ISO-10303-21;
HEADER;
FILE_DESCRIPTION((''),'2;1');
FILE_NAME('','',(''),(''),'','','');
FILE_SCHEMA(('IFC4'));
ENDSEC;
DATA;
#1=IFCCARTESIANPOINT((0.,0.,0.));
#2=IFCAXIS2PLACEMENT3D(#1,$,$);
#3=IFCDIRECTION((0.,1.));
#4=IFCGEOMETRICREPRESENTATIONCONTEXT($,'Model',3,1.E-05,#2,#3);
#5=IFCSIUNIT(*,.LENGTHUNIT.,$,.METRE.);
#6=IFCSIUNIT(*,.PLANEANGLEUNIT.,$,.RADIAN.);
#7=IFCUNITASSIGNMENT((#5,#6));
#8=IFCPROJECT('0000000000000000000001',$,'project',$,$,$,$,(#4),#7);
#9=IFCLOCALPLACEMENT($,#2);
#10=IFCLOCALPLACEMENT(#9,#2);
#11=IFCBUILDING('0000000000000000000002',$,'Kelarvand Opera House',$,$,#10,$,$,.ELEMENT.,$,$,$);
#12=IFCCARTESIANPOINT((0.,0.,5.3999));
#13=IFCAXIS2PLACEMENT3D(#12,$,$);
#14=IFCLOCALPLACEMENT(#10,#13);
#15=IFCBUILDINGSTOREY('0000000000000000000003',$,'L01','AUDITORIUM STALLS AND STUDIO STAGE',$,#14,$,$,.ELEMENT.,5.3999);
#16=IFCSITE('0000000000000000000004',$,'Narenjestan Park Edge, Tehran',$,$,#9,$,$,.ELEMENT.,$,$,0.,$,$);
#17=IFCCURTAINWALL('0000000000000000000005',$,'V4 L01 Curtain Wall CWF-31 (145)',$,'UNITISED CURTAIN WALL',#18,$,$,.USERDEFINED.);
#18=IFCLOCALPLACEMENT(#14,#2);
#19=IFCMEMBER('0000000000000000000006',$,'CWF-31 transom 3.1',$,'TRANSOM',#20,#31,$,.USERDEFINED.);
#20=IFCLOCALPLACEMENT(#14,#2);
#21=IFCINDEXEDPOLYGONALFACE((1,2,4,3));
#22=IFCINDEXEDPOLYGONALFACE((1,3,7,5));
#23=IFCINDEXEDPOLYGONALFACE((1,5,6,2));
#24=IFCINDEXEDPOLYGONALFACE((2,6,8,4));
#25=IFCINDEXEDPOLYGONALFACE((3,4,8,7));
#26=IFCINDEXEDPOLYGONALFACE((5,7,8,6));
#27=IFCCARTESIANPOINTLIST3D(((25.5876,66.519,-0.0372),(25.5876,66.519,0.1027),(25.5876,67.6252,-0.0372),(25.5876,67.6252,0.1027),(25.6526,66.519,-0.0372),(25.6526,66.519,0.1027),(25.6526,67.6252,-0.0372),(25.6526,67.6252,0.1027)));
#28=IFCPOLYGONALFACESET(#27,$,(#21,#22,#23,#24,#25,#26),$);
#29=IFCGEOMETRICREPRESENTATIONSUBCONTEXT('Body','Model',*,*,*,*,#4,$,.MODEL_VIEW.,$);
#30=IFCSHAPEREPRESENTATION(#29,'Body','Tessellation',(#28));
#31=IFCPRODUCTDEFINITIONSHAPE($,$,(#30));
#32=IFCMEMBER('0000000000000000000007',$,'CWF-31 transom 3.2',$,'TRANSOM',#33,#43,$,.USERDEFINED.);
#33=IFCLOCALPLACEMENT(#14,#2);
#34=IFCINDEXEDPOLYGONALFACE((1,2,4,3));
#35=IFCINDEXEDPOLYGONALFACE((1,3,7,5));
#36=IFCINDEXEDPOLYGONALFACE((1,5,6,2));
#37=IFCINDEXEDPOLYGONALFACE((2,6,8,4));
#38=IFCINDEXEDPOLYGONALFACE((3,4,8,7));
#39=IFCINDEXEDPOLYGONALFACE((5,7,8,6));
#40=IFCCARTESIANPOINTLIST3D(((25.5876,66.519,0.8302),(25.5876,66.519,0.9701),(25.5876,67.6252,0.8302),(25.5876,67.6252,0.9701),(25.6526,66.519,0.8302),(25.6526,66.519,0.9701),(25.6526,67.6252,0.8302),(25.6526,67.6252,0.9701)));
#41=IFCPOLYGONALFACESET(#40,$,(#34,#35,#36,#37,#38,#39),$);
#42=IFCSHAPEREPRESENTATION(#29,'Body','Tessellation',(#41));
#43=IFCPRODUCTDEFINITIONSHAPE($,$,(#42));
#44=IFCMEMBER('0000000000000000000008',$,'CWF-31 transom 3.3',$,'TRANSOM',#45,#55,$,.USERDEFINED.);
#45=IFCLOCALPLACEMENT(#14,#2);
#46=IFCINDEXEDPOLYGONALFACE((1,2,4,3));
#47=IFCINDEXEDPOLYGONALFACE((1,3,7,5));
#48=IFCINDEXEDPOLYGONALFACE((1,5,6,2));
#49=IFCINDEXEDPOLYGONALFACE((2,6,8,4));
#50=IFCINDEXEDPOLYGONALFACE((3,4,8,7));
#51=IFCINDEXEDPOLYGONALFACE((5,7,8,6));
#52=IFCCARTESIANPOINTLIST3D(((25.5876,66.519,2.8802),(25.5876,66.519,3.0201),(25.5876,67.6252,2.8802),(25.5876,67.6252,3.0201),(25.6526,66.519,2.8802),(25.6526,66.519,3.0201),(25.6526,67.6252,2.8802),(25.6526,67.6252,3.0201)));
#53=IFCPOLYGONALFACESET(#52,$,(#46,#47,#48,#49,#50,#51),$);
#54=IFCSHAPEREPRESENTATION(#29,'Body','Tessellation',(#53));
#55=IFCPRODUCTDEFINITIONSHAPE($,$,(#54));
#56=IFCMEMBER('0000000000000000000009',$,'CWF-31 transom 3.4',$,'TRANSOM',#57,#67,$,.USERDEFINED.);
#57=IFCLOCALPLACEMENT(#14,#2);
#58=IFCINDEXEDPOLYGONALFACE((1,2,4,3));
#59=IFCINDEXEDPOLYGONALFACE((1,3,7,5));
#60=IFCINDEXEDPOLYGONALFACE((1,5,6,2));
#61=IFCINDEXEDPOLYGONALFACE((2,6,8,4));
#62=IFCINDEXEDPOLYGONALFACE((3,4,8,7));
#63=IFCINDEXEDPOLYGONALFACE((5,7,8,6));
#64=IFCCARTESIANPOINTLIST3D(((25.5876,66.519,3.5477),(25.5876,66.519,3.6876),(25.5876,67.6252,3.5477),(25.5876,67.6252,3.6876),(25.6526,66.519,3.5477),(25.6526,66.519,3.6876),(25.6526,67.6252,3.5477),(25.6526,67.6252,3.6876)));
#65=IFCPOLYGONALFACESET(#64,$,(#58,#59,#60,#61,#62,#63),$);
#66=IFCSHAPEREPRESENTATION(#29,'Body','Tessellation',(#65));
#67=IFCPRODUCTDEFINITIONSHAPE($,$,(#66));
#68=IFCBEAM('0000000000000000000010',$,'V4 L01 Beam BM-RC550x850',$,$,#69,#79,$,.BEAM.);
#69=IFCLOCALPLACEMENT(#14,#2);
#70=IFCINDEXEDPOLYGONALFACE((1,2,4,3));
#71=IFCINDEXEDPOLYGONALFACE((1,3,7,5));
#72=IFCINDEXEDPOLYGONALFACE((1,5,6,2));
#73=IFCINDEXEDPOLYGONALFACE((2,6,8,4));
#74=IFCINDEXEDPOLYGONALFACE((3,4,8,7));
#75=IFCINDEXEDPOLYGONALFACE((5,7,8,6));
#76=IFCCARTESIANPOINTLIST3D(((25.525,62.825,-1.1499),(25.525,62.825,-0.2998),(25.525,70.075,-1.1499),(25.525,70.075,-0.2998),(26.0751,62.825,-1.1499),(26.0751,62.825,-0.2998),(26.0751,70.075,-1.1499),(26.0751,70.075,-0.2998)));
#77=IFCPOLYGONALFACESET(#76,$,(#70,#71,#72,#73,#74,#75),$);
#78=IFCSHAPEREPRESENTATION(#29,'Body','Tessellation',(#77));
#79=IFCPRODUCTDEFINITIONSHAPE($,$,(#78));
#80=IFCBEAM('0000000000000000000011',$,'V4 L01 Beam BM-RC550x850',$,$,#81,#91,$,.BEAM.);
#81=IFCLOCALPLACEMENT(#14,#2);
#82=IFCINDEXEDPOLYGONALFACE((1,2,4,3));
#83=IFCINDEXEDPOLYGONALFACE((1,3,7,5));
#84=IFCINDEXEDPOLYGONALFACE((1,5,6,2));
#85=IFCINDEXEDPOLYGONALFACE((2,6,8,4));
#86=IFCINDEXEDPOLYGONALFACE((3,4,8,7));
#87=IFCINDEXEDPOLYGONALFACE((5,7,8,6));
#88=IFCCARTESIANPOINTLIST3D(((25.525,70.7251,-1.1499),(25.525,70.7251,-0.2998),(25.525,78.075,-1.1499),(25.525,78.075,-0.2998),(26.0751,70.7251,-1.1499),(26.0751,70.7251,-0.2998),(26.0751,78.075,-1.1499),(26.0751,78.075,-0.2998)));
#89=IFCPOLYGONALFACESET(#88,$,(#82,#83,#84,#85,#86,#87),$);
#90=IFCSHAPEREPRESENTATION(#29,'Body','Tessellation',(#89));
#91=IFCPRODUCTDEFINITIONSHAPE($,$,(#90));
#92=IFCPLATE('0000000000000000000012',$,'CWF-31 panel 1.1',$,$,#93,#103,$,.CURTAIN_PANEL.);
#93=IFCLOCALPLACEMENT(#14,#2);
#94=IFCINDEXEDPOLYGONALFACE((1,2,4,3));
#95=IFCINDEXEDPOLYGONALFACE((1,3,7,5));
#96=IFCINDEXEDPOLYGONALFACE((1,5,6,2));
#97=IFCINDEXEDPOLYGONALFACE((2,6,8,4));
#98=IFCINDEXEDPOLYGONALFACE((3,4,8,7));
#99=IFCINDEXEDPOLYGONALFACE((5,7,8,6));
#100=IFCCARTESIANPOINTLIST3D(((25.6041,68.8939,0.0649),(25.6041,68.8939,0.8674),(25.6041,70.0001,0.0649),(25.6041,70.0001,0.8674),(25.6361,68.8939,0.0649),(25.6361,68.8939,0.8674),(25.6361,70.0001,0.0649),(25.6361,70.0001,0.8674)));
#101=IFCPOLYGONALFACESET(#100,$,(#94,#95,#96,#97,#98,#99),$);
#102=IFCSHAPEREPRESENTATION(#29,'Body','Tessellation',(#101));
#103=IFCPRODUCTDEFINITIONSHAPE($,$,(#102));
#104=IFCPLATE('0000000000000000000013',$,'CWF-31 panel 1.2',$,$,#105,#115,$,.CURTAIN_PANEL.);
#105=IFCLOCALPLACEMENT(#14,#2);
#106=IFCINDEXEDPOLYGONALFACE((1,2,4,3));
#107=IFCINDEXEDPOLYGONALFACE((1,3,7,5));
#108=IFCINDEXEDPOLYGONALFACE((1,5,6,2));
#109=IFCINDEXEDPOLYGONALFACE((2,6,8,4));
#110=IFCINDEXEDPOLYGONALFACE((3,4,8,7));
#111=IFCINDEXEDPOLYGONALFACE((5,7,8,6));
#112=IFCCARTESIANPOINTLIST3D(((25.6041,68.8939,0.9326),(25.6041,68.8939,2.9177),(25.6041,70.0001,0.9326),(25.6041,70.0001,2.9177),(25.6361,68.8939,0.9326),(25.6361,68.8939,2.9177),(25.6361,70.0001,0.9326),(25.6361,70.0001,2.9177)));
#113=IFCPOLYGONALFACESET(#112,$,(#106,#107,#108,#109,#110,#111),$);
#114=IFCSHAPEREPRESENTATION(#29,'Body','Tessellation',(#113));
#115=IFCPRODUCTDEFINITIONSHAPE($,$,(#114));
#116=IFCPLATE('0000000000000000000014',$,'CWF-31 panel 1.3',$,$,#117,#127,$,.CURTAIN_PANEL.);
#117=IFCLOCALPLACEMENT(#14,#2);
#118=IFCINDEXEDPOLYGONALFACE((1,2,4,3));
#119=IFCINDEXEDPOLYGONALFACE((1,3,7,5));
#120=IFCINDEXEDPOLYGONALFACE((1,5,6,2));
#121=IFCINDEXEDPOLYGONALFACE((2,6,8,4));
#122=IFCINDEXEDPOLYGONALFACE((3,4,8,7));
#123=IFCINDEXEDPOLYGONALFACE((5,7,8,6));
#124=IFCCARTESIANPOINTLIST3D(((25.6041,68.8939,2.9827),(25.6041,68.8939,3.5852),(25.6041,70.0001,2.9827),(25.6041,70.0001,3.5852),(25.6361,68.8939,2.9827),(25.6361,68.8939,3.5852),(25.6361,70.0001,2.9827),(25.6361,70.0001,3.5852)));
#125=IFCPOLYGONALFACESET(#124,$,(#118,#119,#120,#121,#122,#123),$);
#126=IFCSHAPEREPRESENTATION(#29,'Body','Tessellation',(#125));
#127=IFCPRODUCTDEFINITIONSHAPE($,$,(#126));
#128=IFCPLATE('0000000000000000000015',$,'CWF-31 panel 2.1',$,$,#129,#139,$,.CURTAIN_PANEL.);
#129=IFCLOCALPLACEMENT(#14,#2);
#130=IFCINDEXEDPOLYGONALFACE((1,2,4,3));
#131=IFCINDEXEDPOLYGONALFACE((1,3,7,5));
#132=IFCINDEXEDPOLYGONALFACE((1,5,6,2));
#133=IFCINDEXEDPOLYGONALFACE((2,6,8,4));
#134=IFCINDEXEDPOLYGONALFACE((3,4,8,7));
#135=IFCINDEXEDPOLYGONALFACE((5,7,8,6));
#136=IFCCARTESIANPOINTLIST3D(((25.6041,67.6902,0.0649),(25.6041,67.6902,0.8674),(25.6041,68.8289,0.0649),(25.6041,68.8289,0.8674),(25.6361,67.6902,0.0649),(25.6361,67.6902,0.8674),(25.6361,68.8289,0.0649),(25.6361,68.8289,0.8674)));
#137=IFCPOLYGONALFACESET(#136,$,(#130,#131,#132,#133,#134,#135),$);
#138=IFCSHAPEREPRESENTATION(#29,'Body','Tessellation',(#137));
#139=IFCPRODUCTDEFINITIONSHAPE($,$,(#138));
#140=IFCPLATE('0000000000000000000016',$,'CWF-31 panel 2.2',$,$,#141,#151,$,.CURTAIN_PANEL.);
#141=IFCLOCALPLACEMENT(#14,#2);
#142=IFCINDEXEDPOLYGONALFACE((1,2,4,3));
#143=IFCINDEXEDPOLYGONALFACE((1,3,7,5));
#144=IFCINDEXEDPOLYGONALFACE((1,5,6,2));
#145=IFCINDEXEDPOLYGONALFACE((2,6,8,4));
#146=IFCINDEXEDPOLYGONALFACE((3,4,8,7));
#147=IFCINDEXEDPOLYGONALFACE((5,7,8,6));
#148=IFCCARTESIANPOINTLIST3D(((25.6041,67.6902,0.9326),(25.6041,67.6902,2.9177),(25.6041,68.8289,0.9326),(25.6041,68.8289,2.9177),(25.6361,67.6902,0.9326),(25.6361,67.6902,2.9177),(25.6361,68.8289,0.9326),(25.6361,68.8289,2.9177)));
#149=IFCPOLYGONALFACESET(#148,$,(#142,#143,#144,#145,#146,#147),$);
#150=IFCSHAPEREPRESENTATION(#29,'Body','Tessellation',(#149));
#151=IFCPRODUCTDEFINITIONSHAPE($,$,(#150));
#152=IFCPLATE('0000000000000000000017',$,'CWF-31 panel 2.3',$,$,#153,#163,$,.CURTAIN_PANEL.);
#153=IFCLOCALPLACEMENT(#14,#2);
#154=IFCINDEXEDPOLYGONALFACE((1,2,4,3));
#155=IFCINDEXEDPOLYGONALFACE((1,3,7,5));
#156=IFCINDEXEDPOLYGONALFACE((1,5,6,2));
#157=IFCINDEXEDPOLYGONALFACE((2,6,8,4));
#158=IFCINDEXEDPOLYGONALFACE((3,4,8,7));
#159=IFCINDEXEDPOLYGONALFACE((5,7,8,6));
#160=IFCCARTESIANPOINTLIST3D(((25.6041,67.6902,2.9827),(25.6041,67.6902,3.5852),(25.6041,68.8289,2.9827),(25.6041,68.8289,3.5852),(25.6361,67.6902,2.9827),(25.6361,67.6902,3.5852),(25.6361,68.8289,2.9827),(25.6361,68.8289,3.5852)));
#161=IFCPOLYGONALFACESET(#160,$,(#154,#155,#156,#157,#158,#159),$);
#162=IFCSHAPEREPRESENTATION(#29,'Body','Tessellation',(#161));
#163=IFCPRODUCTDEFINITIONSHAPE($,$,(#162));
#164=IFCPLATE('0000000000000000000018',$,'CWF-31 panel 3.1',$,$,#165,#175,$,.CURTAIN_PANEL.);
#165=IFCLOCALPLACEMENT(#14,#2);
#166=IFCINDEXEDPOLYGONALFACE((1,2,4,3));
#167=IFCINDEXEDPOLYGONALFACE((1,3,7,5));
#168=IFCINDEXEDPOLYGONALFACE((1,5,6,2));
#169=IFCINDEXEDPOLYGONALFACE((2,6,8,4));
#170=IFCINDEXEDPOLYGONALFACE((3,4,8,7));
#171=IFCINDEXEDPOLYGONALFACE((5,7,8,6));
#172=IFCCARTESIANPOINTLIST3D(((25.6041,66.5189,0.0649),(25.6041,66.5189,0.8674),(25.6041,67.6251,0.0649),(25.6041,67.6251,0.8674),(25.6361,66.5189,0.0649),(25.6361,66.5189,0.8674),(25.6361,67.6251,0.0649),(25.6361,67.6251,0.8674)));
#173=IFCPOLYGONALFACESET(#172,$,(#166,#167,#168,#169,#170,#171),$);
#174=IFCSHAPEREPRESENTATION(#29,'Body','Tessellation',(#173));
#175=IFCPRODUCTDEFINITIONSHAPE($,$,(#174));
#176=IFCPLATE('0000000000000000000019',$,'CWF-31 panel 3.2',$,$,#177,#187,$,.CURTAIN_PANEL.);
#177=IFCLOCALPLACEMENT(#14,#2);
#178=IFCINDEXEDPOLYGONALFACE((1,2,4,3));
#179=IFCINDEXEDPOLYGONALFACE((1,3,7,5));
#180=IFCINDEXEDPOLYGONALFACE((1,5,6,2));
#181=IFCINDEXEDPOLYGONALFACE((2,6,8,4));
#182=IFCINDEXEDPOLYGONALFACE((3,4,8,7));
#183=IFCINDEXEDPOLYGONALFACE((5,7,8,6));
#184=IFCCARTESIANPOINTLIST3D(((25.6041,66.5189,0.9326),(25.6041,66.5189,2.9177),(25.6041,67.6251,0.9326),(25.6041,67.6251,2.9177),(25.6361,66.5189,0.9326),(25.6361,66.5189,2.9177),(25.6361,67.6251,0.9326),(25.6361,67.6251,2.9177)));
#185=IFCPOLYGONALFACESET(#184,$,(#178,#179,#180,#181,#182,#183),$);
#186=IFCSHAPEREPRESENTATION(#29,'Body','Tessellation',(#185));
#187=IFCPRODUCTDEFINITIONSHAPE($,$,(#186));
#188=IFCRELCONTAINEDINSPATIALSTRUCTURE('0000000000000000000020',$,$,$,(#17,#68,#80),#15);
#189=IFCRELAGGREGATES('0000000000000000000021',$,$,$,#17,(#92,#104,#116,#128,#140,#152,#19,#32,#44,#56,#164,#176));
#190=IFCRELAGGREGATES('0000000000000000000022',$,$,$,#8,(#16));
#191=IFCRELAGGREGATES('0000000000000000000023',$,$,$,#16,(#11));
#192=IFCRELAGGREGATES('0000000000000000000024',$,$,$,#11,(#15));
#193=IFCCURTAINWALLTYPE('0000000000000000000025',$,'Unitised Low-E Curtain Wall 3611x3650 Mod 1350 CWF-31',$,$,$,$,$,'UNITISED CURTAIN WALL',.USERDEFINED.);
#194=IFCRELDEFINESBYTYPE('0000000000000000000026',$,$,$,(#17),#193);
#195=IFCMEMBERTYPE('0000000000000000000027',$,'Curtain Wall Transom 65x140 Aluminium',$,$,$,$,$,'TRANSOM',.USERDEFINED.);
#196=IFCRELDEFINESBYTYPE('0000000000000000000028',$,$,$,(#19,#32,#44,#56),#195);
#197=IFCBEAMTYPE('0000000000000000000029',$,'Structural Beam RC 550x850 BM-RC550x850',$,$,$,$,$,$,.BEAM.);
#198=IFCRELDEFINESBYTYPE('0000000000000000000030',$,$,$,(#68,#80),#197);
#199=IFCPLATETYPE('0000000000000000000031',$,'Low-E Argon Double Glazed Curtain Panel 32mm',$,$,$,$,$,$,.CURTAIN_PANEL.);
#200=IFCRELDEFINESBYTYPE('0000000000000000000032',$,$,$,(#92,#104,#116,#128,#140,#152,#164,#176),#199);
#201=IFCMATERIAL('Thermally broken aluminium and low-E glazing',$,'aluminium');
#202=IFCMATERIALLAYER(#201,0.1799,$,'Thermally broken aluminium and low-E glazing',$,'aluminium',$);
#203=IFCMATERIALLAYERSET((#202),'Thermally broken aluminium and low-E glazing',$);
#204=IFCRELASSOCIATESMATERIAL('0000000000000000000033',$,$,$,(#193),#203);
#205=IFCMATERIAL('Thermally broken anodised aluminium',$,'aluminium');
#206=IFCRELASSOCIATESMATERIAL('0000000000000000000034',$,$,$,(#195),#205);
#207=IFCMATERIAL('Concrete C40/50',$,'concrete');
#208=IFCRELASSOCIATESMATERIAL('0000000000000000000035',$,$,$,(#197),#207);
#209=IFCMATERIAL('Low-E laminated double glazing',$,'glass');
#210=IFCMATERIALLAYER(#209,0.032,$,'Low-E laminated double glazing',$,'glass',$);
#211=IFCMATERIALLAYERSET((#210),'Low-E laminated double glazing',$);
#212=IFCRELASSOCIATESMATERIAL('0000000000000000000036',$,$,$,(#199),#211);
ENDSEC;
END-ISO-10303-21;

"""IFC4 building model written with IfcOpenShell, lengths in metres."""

from ifc_helpers import new_model, si_unit, direction, frame, origin, origin_2d, place, context, subcontext, project, spatial, rectangle, extrude, material, layer, layer_set, material_profile, profile_set, type_object, element, aggregate, save


model = new_model("IFC4")

# Units and contexts
model_context = context("Model", 3, precision=1e-05, world=origin(), true_north=direction((0.0, 1.0)))
body_context = subcontext(model_context, "Body", "Model", "MODEL_VIEW")
ifc_project = project(units=[si_unit("LENGTHUNIT", "METRE"), si_unit("PLANEANGLEUNIT", "RADIAN")], contexts=[model_context])

# Site, building, storey
site_placement = place(None, origin())
site = spatial("IfcSite", under=ifc_project, at=site_placement, Name="Narenjestan Park Edge, Tehran", CompositionType="ELEMENT", RefElevation=0.0)
building_placement = place(site_placement, origin())
building = spatial("IfcBuilding", under=site, at=building_placement, Name="Kelarvand Opera House", CompositionType="ELEMENT")
storey_placement = place(building_placement, frame((0.0, 0.0, 5.3999)))
storey = spatial("IfcBuildingStorey", under=building, at=storey_placement, Name="L01", Description="AUDITORIUM STALLS AND STUDIO STAGE", CompositionType="ELEMENT", Elevation=5.3999)

# Shared definitions
ifc_material_1 = material(Name="Concrete C40/50", Category="concrete")

# Curtain wall
ifc_material_2 = material(Name="Thermally broken aluminium and low-E glazing", Category="aluminium")
ifc_layer_1 = layer(ifc_material_2, 0.1799, Name="Thermally broken aluminium and low-E glazing", Category="aluminium")
ifc_layer_set_1 = layer_set([ifc_layer_1], Name="Thermally broken aluminium and low-E glazing")
curtain_wall_type = type_object("IfcCurtainWallType", Name="Unitised Low-E Curtain Wall 3611x3650 Mod 1350 CWF-31", ElementType="UNITISED CURTAIN WALL", PredefinedType="USERDEFINED", material=ifc_layer_set_1)
curtain_wall_1_placement = place(storey_placement, origin())
curtain_wall_1 = element("IfcCurtainWall", 1, at=curtain_wall_1_placement, inside=storey, type_object=curtain_wall_type, Name="V4 L01 Curtain Wall CWF-31 (145)", ObjectType="UNITISED CURTAIN WALL", PredefinedType="USERDEFINED")
ifc_material_3 = material(Name="Thermally broken anodised aluminium", Category="aluminium")

# Members
ifc_material_profile_1 = material_profile(ifc_material_3, rectangle(XDim=0.0649, YDim=0.1399, at=origin_2d()), Name="ALU TRANSOM 65x140", Category="aluminium")
ifc_profile_set_1 = profile_set([ifc_material_profile_1], Name="Thermally broken anodised aluminium")
member_type_1 = type_object("IfcMemberType", Name="Curtain Wall Transom 65x140 Aluminium", ElementType="TRANSOM", PredefinedType="USERDEFINED", material=ifc_profile_set_1)
member_1_placement = place(storey_placement, frame((25.6201, 67.6252, 0.0327), z_axis=(0.0, -1.0, 0.0), x_axis=(1.0, 0.0, 0.0)))
member_1 = element("IfcMember", 2, at=member_1_placement, type_object=member_type_1, Name="CWF-31 transom 3.1", ObjectType="TRANSOM", PredefinedType="USERDEFINED", context=body_context, shape_type="SweptSolid", body=[
    extrude(rectangle(XDim=0.0649, YDim=0.1399, at=origin_2d()), origin(), (0.0, 0.0, 1.0), 1.1062),
])
member_2_placement = place(storey_placement, frame((25.6201, 67.6252, 0.9001), z_axis=(0.0, -1.0, 0.0), x_axis=(1.0, 0.0, 0.0)))
member_2 = element("IfcMember", 3, at=member_2_placement, type_object=member_type_1, Name="CWF-31 transom 3.2", ObjectType="TRANSOM", PredefinedType="USERDEFINED", context=body_context, shape_type="SweptSolid", body=[
    extrude(rectangle(XDim=0.0649, YDim=0.1399, at=origin_2d()), origin(), (0.0, 0.0, 1.0), 1.1062),
])
member_3_placement = place(storey_placement, frame((25.6201, 67.6252, 2.9502), z_axis=(0.0, -1.0, 0.0), x_axis=(1.0, 0.0, 0.0)))
member_3 = element("IfcMember", 4, at=member_3_placement, type_object=member_type_1, Name="CWF-31 transom 3.3", ObjectType="TRANSOM", PredefinedType="USERDEFINED", context=body_context, shape_type="SweptSolid", body=[
    extrude(rectangle(XDim=0.0649, YDim=0.1399, at=origin_2d()), origin(), (0.0, 0.0, 1.0), 1.1062),
])
member_4_placement = place(storey_placement, frame((25.6201, 67.6252, 3.6177), z_axis=(0.0, -1.0, 0.0), x_axis=(1.0, 0.0, 0.0)))
member_4 = element("IfcMember", 5, at=member_4_placement, type_object=member_type_1, Name="CWF-31 transom 3.4", ObjectType="TRANSOM", PredefinedType="USERDEFINED", context=body_context, shape_type="SweptSolid", body=[
    extrude(rectangle(XDim=0.0649, YDim=0.1399, at=origin_2d()), origin(), (0.0, 0.0, 1.0), 1.1062),
])

# Beams
ifc_material_profile_2 = material_profile(ifc_material_1, rectangle(XDim=0.55, YDim=0.8501, at=origin_2d()), Name="RC 550x850", Category="concrete")
ifc_profile_set_2 = profile_set([ifc_material_profile_2], Name="Concrete C40/50")
beam_type = type_object("IfcBeamType", Name="Structural Beam RC 550x850 BM-RC550x850", PredefinedType="BEAM", material=ifc_profile_set_2)
beam_1_placement = place(storey_placement, frame((25.8, 62.825, -0.7249), z_axis=(0.0, 1.0, 0.0), x_axis=(-1.0, 0.0, 0.0)))
element("IfcBeam", 6, at=beam_1_placement, inside=storey, type_object=beam_type, Name="V4 L01 Beam BM-RC550x850", PredefinedType="BEAM", context=body_context, shape_type="SweptSolid", body=[
    extrude(rectangle(XDim=0.55, YDim=0.8501, at=origin_2d()), origin(), (0.0, 0.0, 1.0), 7.25),
])
beam_2_placement = place(storey_placement, frame((25.8, 70.7251, -0.7249), z_axis=(0.0, 1.0, 0.0), x_axis=(-1.0, 0.0, 0.0)))
element("IfcBeam", 7, at=beam_2_placement, inside=storey, type_object=beam_type, Name="V4 L01 Beam BM-RC550x850", PredefinedType="BEAM", context=body_context, shape_type="SweptSolid", body=[
    extrude(rectangle(XDim=0.55, YDim=0.8501, at=origin_2d()), origin(), (0.0, 0.0, 1.0), 7.3499),
])

# Plates
ifc_material_4 = material(Name="Low-E laminated double glazing", Category="glass")
ifc_layer_2 = layer(ifc_material_4, 0.032, Name="Low-E laminated double glazing", Category="glass")
ifc_layer_set_2 = layer_set([ifc_layer_2], Name="Low-E laminated double glazing")
plate_type = type_object("IfcPlateType", Name="Low-E Argon Double Glazed Curtain Panel 32mm", PredefinedType="CURTAIN_PANEL", material=ifc_layer_set_2)
plate_1_placement = place(storey_placement, frame((25.6201, 69.447, 0.0649), z_axis=(0.0, 0.0, 1.0), x_axis=(0.0, -1.0, 0.0)))
plate_1 = element("IfcPlate", 8, at=plate_1_placement, type_object=plate_type, Name="CWF-31 panel 1.1", PredefinedType="CURTAIN_PANEL", context=body_context, shape_type="SweptSolid", body=[
    extrude(rectangle(XDim=1.1062, YDim=0.032, at=origin_2d()), origin(), (0.0, 0.0, 1.0), 0.8025),
])
plate_2_placement = place(storey_placement, frame((25.6201, 69.447, 0.9326), z_axis=(0.0, 0.0, 1.0), x_axis=(0.0, -1.0, 0.0)))
plate_2 = element("IfcPlate", 9, at=plate_2_placement, type_object=plate_type, Name="CWF-31 panel 1.2", PredefinedType="CURTAIN_PANEL", context=body_context, shape_type="SweptSolid", body=[
    extrude(rectangle(XDim=1.1062, YDim=0.032, at=origin_2d()), origin(), (0.0, 0.0, 1.0), 1.9851),
])
plate_3_placement = place(storey_placement, frame((25.6201, 69.447, 2.9827), z_axis=(0.0, 0.0, 1.0), x_axis=(0.0, -1.0, 0.0)))
plate_3 = element("IfcPlate", 10, at=plate_3_placement, type_object=plate_type, Name="CWF-31 panel 1.3", PredefinedType="CURTAIN_PANEL", context=body_context, shape_type="SweptSolid", body=[
    extrude(rectangle(XDim=1.1062, YDim=0.032, at=origin_2d()), origin(), (0.0, 0.0, 1.0), 0.6025),
])
plate_4_placement = place(storey_placement, frame((25.6201, 68.2595, 0.0649), z_axis=(0.0, 0.0, 1.0), x_axis=(0.0, -1.0, 0.0)))
plate_4 = element("IfcPlate", 11, at=plate_4_placement, type_object=plate_type, Name="CWF-31 panel 2.1", PredefinedType="CURTAIN_PANEL", context=body_context, shape_type="SweptSolid", body=[
    extrude(rectangle(XDim=1.1387, YDim=0.032, at=origin_2d()), origin(), (0.0, 0.0, 1.0), 0.8025),
])
plate_5_placement = place(storey_placement, frame((25.6201, 68.2595, 0.9326), z_axis=(0.0, 0.0, 1.0), x_axis=(0.0, -1.0, 0.0)))
plate_5 = element("IfcPlate", 12, at=plate_5_placement, type_object=plate_type, Name="CWF-31 panel 2.2", PredefinedType="CURTAIN_PANEL", context=body_context, shape_type="SweptSolid", body=[
    extrude(rectangle(XDim=1.1387, YDim=0.032, at=origin_2d()), origin(), (0.0, 0.0, 1.0), 1.9851),
])
plate_6_placement = place(storey_placement, frame((25.6201, 68.2595, 2.9827), z_axis=(0.0, 0.0, 1.0), x_axis=(0.0, -1.0, 0.0)))
plate_6 = element("IfcPlate", 13, at=plate_6_placement, type_object=plate_type, Name="CWF-31 panel 2.3", PredefinedType="CURTAIN_PANEL", context=body_context, shape_type="SweptSolid", body=[
    extrude(rectangle(XDim=1.1387, YDim=0.032, at=origin_2d()), origin(), (0.0, 0.0, 1.0), 0.6025),
])
plate_7_placement = place(storey_placement, frame((25.6201, 67.072, 0.0649), z_axis=(0.0, 0.0, 1.0), x_axis=(0.0, -1.0, 0.0)))
plate_7 = element("IfcPlate", 14, at=plate_7_placement, type_object=plate_type, Name="CWF-31 panel 3.1", PredefinedType="CURTAIN_PANEL", context=body_context, shape_type="SweptSolid", body=[
    extrude(rectangle(XDim=1.1062, YDim=0.032, at=origin_2d()), origin(), (0.0, 0.0, 1.0), 0.8025),
])
plate_8_placement = place(storey_placement, frame((25.6201, 67.072, 0.9326), z_axis=(0.0, 0.0, 1.0), x_axis=(0.0, -1.0, 0.0)))
plate_8 = element("IfcPlate", 15, at=plate_8_placement, type_object=plate_type, Name="CWF-31 panel 3.2", PredefinedType="CURTAIN_PANEL", context=body_context, shape_type="SweptSolid", body=[
    extrude(rectangle(XDim=1.1062, YDim=0.032, at=origin_2d()), origin(), (0.0, 0.0, 1.0), 1.9851),
])
aggregate(curtain_wall_1, [plate_1, plate_2, plate_3, plate_4, plate_5, plate_6, member_1, member_2, member_3, member_4, plate_7, plate_8])

save(model, "model.ifc")
